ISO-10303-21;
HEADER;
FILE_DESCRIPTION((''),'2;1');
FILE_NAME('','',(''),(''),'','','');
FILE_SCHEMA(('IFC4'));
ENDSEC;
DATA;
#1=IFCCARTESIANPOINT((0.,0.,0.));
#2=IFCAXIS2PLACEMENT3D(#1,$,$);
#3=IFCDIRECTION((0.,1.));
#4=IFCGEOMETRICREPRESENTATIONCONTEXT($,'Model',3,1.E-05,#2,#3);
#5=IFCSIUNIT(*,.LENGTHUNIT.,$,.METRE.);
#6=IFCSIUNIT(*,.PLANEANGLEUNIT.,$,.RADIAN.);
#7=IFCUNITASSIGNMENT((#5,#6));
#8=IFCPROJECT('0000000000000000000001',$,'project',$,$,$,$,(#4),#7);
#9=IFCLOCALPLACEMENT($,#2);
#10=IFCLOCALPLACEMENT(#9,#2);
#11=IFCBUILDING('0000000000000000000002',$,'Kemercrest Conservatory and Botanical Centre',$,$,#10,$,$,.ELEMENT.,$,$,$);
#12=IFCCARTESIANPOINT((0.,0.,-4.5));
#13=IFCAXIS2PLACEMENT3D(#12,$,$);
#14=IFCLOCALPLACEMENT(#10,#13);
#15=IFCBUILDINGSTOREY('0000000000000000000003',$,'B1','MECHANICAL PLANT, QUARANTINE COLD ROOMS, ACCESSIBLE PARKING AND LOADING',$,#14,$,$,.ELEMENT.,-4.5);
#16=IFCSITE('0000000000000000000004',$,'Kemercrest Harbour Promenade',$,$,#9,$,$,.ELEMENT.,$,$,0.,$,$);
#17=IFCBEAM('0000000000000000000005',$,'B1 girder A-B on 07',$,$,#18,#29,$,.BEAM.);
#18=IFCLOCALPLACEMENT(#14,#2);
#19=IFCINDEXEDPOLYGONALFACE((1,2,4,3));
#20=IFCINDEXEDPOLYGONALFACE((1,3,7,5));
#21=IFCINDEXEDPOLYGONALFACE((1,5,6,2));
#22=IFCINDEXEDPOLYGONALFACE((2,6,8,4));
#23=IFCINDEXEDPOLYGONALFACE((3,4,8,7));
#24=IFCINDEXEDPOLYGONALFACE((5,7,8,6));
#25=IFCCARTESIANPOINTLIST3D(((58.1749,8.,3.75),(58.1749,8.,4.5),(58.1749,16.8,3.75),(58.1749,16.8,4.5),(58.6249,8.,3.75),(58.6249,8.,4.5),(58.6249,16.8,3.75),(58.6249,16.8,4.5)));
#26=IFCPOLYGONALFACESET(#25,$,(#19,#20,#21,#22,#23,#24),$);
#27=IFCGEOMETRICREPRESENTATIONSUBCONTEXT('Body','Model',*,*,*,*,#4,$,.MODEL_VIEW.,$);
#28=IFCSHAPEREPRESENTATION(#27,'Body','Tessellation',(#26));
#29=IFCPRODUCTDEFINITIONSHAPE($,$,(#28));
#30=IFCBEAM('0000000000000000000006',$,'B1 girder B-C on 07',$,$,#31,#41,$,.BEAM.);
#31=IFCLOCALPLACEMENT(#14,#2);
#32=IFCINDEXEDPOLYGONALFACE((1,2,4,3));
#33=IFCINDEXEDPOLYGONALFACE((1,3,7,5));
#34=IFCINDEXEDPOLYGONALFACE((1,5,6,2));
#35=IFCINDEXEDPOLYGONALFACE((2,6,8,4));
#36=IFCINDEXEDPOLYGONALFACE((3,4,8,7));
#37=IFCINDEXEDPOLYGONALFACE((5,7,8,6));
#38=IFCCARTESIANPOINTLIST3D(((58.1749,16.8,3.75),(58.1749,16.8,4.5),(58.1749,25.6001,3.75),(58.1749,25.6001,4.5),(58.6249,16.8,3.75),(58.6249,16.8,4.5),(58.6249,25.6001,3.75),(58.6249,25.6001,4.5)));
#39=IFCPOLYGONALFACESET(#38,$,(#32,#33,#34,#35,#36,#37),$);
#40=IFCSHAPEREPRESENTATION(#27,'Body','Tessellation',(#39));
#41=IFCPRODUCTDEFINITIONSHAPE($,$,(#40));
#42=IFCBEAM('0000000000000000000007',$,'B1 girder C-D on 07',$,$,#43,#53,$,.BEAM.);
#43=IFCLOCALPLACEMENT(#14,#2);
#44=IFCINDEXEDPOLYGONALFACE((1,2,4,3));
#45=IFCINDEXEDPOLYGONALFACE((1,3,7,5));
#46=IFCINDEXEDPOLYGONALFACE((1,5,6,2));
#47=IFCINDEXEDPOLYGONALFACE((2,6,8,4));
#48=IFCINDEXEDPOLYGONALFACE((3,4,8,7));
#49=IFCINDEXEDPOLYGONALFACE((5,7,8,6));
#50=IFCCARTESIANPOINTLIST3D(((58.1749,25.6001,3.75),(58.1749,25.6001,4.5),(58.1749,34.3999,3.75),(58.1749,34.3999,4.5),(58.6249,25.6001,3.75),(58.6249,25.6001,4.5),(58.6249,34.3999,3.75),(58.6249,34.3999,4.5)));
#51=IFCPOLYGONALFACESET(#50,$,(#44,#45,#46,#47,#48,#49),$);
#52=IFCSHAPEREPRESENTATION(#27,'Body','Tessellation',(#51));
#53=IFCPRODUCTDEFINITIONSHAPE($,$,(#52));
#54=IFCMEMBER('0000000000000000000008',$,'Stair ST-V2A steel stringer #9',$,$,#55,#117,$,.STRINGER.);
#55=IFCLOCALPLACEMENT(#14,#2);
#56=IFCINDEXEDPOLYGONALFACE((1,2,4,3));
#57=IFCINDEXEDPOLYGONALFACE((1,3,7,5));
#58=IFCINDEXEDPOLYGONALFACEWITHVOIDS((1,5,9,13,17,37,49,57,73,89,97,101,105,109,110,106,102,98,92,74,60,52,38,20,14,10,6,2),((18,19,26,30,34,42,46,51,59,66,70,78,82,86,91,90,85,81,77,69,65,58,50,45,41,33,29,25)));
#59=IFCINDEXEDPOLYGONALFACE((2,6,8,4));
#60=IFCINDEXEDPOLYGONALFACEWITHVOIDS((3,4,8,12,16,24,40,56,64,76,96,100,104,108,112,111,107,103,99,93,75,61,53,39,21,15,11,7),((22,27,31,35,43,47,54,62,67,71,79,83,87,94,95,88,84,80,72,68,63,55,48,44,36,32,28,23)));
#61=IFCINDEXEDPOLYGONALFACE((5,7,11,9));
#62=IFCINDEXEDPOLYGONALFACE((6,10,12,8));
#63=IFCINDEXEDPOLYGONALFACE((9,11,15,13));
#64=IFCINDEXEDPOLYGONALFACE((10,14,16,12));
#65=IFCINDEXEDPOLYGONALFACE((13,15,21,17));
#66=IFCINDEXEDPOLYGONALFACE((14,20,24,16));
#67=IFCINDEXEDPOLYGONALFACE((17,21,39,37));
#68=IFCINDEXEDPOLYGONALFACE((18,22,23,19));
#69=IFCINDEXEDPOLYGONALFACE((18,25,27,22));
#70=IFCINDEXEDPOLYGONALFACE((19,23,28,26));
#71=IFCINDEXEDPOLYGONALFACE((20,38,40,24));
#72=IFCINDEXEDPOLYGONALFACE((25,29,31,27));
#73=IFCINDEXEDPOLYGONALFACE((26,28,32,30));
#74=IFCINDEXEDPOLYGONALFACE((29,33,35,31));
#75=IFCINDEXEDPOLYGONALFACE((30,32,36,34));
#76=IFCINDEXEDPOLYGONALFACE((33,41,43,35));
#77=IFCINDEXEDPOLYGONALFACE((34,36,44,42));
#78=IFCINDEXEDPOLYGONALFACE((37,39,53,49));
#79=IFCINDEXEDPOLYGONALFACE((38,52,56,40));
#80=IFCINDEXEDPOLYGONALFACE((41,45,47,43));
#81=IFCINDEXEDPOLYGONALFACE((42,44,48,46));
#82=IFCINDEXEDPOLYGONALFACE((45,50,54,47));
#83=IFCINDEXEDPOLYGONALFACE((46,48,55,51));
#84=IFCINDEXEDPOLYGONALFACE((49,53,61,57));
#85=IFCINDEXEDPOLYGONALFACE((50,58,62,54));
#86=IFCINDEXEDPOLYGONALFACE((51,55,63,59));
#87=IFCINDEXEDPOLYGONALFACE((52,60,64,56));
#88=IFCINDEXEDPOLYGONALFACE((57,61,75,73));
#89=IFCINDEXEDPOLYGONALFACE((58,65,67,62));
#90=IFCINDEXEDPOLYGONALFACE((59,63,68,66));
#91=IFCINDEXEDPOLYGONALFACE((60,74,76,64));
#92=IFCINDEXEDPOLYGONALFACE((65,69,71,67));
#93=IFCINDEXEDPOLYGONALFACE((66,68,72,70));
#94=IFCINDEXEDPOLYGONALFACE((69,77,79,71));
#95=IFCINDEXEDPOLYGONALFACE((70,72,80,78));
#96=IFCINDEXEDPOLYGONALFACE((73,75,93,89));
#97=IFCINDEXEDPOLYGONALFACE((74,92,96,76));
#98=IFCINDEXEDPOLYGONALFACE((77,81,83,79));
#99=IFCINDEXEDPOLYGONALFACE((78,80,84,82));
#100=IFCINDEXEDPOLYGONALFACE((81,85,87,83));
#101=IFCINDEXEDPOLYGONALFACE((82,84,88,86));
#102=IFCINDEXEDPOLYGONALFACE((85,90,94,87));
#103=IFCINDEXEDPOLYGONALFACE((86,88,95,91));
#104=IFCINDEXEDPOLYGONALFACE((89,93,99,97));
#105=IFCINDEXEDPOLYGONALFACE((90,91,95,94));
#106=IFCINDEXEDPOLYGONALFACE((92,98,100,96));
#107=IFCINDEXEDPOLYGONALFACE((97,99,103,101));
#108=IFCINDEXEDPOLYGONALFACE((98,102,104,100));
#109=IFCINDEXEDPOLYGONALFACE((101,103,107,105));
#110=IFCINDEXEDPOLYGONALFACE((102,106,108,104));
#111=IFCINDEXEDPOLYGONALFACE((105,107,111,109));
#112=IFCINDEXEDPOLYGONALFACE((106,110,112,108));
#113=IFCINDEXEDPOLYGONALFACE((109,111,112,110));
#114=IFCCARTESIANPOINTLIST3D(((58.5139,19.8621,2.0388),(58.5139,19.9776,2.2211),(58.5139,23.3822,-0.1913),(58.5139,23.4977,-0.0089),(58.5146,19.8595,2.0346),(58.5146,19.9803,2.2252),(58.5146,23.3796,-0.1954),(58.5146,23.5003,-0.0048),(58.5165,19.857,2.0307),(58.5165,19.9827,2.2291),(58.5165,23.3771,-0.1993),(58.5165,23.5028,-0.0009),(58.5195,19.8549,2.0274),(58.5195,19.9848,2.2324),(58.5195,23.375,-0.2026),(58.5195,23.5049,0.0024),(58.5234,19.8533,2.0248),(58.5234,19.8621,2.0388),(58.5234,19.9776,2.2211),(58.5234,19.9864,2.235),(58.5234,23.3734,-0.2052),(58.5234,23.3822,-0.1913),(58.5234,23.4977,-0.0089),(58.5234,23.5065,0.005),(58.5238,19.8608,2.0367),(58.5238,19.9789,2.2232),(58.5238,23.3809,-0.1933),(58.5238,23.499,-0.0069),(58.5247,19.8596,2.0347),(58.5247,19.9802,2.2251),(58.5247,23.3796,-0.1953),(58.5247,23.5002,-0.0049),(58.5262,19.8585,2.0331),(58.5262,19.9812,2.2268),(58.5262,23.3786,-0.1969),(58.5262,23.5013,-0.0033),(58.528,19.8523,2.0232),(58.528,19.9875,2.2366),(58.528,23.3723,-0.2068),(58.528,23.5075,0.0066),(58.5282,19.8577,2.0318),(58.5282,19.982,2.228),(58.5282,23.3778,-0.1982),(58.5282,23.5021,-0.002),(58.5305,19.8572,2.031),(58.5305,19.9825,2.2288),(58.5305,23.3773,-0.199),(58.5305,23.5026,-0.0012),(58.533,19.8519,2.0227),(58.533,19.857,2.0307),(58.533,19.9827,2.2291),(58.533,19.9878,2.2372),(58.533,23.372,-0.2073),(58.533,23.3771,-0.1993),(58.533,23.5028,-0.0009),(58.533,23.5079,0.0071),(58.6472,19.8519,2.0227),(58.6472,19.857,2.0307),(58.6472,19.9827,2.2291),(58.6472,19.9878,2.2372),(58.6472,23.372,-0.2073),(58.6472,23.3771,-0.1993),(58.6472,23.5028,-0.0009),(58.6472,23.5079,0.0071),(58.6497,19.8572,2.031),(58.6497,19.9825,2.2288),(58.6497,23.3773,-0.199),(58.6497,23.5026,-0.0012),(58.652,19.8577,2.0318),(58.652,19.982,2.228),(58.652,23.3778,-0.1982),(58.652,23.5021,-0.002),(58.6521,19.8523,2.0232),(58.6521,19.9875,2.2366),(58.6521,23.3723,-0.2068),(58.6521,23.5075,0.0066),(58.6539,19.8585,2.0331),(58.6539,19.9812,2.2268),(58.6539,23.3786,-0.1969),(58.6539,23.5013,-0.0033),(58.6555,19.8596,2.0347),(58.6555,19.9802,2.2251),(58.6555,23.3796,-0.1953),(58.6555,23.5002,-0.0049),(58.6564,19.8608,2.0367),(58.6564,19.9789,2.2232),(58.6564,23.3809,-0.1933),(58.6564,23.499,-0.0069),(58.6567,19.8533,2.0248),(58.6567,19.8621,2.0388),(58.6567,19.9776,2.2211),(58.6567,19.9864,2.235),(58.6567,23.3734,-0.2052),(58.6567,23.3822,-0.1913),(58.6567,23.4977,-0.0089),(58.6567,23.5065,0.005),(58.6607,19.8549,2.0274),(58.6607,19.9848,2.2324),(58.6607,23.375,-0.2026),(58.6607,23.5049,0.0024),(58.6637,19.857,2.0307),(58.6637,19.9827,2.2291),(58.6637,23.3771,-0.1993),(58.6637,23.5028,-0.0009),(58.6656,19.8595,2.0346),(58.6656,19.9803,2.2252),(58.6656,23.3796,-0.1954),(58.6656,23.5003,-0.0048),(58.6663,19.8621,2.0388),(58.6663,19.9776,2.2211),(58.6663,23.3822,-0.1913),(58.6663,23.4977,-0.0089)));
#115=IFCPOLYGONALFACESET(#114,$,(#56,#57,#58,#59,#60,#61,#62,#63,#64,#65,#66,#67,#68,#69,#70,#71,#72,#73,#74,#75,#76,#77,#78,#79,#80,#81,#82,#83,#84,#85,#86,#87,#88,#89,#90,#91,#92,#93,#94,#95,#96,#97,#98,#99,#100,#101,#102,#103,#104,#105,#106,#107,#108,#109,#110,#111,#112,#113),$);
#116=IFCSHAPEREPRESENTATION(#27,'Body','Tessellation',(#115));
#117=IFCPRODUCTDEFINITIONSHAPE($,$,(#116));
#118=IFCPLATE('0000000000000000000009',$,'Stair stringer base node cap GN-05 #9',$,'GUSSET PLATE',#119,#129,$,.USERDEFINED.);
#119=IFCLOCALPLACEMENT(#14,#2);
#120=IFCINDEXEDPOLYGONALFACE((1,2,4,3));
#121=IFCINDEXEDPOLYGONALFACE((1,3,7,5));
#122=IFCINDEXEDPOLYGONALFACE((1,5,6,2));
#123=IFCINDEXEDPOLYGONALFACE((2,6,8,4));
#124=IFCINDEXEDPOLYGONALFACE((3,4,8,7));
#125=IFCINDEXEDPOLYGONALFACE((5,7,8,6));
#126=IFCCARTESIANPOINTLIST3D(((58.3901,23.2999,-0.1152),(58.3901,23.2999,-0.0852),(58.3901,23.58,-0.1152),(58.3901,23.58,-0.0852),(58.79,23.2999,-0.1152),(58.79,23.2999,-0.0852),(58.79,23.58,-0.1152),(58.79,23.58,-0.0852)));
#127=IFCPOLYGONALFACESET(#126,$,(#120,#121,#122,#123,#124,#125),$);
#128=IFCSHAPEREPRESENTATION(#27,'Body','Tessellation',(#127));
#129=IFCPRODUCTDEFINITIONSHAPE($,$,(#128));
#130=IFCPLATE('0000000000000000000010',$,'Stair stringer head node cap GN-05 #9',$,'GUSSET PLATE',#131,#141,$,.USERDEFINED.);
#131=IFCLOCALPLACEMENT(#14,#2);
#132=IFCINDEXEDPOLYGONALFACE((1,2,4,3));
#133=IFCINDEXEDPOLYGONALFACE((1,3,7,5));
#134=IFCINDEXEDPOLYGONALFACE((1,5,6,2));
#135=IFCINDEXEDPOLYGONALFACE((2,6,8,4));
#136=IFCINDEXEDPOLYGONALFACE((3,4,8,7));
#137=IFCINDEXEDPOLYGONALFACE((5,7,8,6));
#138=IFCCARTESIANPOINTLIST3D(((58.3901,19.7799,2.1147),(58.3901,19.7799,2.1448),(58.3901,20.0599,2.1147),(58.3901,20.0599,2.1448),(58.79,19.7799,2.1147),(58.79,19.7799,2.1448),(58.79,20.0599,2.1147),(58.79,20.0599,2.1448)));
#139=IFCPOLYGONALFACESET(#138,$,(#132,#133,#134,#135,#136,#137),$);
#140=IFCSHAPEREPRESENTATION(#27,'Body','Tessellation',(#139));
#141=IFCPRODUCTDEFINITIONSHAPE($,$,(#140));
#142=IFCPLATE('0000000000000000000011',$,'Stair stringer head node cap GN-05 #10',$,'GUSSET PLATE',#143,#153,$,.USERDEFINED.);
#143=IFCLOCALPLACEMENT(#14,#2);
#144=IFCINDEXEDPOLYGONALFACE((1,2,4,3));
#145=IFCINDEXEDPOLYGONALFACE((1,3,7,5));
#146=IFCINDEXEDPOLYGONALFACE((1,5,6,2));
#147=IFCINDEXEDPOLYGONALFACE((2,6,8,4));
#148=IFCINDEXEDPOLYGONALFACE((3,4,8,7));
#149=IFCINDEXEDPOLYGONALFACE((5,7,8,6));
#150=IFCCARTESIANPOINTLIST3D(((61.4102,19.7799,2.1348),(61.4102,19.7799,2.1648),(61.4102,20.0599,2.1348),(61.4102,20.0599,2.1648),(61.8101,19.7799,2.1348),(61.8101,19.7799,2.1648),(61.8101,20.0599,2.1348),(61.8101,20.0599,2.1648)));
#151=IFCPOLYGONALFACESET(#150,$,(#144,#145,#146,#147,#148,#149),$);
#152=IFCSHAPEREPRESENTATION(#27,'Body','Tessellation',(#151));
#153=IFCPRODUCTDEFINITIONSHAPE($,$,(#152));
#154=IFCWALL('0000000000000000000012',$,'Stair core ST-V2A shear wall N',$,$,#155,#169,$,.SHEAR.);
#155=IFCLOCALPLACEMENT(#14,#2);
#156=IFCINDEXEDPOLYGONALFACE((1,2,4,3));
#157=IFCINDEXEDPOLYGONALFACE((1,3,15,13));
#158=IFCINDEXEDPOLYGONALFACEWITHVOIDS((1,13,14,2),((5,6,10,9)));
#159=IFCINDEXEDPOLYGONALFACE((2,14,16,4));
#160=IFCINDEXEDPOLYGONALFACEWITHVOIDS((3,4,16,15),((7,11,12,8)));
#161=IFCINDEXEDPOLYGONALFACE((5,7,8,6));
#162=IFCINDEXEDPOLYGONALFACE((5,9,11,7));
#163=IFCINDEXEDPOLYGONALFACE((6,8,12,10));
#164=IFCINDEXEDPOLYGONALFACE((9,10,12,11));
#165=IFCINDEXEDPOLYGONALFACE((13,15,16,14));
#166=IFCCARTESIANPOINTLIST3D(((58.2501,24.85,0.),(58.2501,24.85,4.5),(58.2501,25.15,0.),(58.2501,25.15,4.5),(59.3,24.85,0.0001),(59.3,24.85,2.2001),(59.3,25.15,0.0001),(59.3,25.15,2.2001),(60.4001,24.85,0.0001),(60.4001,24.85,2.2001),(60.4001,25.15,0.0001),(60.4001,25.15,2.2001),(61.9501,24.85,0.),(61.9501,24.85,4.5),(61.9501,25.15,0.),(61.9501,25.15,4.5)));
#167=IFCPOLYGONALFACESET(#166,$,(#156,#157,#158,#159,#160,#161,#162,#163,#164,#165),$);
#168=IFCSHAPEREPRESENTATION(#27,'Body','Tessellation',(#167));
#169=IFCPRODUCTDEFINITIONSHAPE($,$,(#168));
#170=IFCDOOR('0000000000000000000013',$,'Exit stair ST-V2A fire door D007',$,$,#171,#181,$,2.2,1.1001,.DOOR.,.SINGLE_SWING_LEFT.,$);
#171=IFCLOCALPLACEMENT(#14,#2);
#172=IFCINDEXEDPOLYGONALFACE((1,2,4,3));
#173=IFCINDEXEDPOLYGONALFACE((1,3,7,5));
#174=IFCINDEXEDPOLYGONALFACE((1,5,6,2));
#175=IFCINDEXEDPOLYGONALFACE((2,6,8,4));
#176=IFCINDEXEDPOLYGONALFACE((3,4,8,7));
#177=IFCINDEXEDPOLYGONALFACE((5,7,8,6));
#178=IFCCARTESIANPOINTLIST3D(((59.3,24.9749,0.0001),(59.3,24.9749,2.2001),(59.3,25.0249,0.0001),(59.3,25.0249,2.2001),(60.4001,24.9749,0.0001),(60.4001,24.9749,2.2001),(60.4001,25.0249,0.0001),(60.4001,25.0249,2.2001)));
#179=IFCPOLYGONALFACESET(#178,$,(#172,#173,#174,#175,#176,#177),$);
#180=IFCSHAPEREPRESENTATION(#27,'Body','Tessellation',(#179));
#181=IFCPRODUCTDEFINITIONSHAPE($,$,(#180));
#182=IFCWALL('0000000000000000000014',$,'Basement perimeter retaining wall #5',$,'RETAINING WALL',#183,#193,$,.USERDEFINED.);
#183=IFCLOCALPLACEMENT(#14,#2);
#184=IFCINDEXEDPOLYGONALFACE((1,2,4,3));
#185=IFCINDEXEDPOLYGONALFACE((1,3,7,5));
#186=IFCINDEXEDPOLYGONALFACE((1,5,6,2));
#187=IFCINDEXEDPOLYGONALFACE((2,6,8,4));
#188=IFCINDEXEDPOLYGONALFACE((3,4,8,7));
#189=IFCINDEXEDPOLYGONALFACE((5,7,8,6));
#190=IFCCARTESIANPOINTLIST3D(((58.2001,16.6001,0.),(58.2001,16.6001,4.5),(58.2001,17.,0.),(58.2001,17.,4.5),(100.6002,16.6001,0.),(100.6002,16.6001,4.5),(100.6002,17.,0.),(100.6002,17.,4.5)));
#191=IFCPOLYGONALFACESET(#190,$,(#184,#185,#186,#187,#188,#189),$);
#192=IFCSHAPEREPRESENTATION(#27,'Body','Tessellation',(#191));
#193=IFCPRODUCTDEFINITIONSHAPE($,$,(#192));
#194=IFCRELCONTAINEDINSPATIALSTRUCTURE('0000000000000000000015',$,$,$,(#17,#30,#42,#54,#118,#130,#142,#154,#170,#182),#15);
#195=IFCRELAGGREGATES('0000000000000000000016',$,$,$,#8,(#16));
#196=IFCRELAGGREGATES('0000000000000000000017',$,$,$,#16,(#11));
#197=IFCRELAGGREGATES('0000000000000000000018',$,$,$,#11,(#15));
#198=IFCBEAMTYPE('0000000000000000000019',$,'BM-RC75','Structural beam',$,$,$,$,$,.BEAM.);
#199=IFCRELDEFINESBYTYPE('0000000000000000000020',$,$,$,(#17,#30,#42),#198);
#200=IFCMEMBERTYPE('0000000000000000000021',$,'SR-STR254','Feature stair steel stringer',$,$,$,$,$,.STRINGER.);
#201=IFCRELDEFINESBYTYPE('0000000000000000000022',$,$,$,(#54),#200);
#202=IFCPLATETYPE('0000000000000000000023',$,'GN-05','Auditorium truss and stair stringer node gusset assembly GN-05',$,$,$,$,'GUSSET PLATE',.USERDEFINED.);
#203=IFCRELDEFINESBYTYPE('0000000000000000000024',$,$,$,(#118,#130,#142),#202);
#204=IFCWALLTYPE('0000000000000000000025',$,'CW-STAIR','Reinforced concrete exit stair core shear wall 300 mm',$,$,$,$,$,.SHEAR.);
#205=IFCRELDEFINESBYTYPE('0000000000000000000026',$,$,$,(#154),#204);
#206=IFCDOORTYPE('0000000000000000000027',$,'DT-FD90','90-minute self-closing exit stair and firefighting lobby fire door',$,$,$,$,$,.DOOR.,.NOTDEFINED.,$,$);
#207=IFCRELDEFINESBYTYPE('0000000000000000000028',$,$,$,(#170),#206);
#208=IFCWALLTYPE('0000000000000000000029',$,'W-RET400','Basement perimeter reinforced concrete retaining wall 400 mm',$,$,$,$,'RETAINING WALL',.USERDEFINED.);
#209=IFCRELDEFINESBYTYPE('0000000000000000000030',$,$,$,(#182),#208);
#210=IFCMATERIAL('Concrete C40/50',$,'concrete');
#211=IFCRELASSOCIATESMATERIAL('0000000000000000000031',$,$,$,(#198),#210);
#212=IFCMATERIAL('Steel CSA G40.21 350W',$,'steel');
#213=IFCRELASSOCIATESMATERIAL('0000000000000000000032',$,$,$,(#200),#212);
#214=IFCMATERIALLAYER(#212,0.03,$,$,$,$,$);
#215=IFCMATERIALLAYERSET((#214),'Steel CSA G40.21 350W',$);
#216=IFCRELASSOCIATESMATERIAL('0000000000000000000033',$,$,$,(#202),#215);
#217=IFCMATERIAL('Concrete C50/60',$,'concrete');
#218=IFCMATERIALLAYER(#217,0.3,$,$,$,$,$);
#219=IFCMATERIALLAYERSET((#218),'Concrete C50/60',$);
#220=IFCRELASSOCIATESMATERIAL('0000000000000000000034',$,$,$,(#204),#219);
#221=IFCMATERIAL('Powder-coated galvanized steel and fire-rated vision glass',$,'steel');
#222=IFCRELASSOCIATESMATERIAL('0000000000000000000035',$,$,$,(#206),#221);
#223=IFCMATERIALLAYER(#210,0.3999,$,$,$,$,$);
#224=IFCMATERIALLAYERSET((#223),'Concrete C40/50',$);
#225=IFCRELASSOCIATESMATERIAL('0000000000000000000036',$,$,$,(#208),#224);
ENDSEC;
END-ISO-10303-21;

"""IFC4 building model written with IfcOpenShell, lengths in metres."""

from ifc_helpers import new_model, si_unit, direction, frame, frame_2d, origin, origin_2d, place, context, subcontext, project, spatial, rectangle, hollow_rectangle, extrude, material, layer, layer_set, material_profile, profile_set, type_object, element, fill, save


model = new_model("IFC4")

# Units and contexts
model_context = context("Model", 3, precision=1e-05, world=origin(), true_north=direction((0.0, 1.0)))
body_context = subcontext(model_context, "Body", "Model", "MODEL_VIEW")
ifc_project = project(units=[si_unit("LENGTHUNIT", "METRE"), si_unit("PLANEANGLEUNIT", "RADIAN")], contexts=[model_context])

# Site, building, storey
site_placement = place(None, origin())
site = spatial("IfcSite", under=ifc_project, at=site_placement, Name="Kemercrest Harbour Promenade", CompositionType="ELEMENT", RefElevation=0.0)
building_placement = place(site_placement, origin())
building = spatial("IfcBuilding", under=site, at=building_placement, Name="Kemercrest Conservatory and Botanical Centre", CompositionType="ELEMENT")
storey_placement = place(building_placement, frame((0.0, 0.0, -4.5)))
storey = spatial("IfcBuildingStorey", under=building, at=storey_placement, Name="B1", Description="MECHANICAL PLANT, QUARANTINE COLD ROOMS, ACCESSIBLE PARKING AND LOADING", CompositionType="ELEMENT", Elevation=-4.5)

# Shared definitions
ifc_material_1 = material(Name="Concrete C40/50", Category="concrete")

# Shared definitions
ifc_material_2 = material(Name="Concrete C50/60", Category="concrete")

# Beams
ifc_material_profile_1 = material_profile(ifc_material_1, rectangle(XDim=0.45, YDim=0.75, at=origin_2d()), Name="RC 450x750")
ifc_profile_set_1 = profile_set([ifc_material_profile_1], Name="Concrete C40/50")
beam_type = type_object("IfcBeamType", Name="BM-RC75", Description="Structural beam", PredefinedType="BEAM", material=ifc_profile_set_1)
for number, where, z_axis, x_axis, name in (
    (1, (58.3999, 8.0, 4.125), (0.0, 1.0, 0.0), (-1.0, 0.0, 0.0), "B1 girder A-B on 07"),
    (2, (58.3999, 16.8, 4.125), (0.0, 1.0, 0.0), (-1.0, 0.0, 0.0), "B1 girder B-C on 07"),
):
    element("IfcBeam", number, at=place(storey_placement, frame(where, z_axis=z_axis, x_axis=x_axis)), inside=storey, type_object=beam_type, Name=name, PredefinedType="BEAM", context=body_context, shape_type="SweptSolid", body=[
        extrude(rectangle(XDim=0.45, YDim=0.75, at=origin_2d()), origin(), (0.0, 0.0, 1.0), 8.8),
    ])
beam_placement = place(storey_placement, frame((58.3999, 25.6001, 4.125), z_axis=(0.0, 1.0, 0.0), x_axis=(-1.0, 0.0, 0.0)))
element("IfcBeam", 3, at=beam_placement, inside=storey, type_object=beam_type, Name="B1 girder C-D on 07", PredefinedType="BEAM", context=body_context, shape_type="SweptSolid", body=[
    extrude(rectangle(XDim=0.45, YDim=0.75, at=origin_2d()), origin(), (0.0, 0.0, 1.0), 8.7998),
])

# Member
ifc_material_3 = material(Name="Steel CSA G40.21 350W", Category="steel")
ifc_material_profile_2 = material_profile(ifc_material_3, hollow_rectangle(XDim=0.1523, YDim=0.2539, WallThickness=0.0095, InnerFilletRadius=0.0095, OuterFilletRadius=0.019, at=origin_2d()), Name="HSS 254x152x9.5")
ifc_profile_set_2 = profile_set([ifc_material_profile_2], Name="Steel CSA G40.21 350W")
member_type = type_object("IfcMemberType", Name="SR-STR254", Description="Feature stair steel stringer", PredefinedType="STRINGER", material=ifc_profile_set_2)
member_placement = place(storey_placement, frame((58.5901, 23.4399, -0.1001), z_axis=(0.0, -0.84475, 0.535161), x_axis=(1.0, 0.0, 0.0)))
element("IfcMember", 4, at=member_placement, inside=storey, type_object=member_type, Name="Stair ST-V2A steel stringer #9", PredefinedType="STRINGER", context=body_context, shape_type="SweptSolid", body=[
    extrude(hollow_rectangle(XDim=0.1523, YDim=0.2539, WallThickness=0.0095, InnerFilletRadius=0.0095, OuterFilletRadius=0.019, at=origin_2d()), origin(), (0.0, 0.0, 1.0), 4.167),
])

# Plates
ifc_layer_1 = layer(ifc_material_3, 0.03)
ifc_layer_set_1 = layer_set([ifc_layer_1], Name="Steel CSA G40.21 350W")
plate_type = type_object("IfcPlateType", Name="GN-05", Description="Auditorium truss and stair stringer node gusset assembly GN-05", ElementType="GUSSET PLATE", PredefinedType="USERDEFINED", material=ifc_layer_set_1)
for number, where, z_axis, x_axis, name in (
    (5, (58.5901, 23.4399, -0.1152), (0.0, 0.0, 1.0), (1.0, 0.0, 0.0), "Stair stringer base node cap GN-05 #9"),
    (6, (58.5901, 19.9199, 2.1147), (0.0, 0.0, 1.0), (1.0, 0.0, 0.0), "Stair stringer head node cap GN-05 #9"),
    (7, (61.6101, 19.9199, 2.1348), (0.0, 0.0, 1.0), (1.0, 0.0, 0.0), "Stair stringer head node cap GN-05 #10"),
):
    element("IfcPlate", number, at=place(storey_placement, frame(where, z_axis=z_axis, x_axis=x_axis)), inside=storey, type_object=plate_type, Name=name, ObjectType="GUSSET PLATE", PredefinedType="USERDEFINED", context=body_context, shape_type="SweptSolid", body=[
        extrude(rectangle(XDim=0.3999, YDim=0.28, at=origin_2d()), origin(), (0.0, 0.0, 1.0), 0.03),
    ])

# Wall, opening, door
ifc_layer_2 = layer(ifc_material_2, 0.3)
ifc_layer_set_2 = layer_set([ifc_layer_2], Name="Concrete C50/60")
wall_type_1 = type_object("IfcWallType", Name="CW-STAIR", Description="Reinforced concrete exit stair core shear wall 300 mm", PredefinedType="SHEAR", material=ifc_layer_set_2)
wall_1_placement = place(storey_placement, frame((58.25, 25.0, 0.0), z_axis=(0.0, 0.0, 1.0), x_axis=(1.0, 0.0, 0.0)))
wall_1 = element("IfcWall", 8, at=wall_1_placement, inside=storey, type_object=wall_type_1, Name="Stair core ST-V2A shear wall N", PredefinedType="SHEAR", context=body_context, shape_type="SweptSolid", body=[
    extrude(rectangle(XDim=3.7, YDim=0.3, at=frame_2d((1.8501, 0.0))), origin(), (0.0, 0.0, 1.0), 4.5),
])
opening_placement = place(wall_1_placement, frame((1.05, 0.0, 0.0)))
opening = element("IfcOpeningElement", 9, at=opening_placement, cuts=wall_1, PredefinedType="OPENING", context=body_context, shape_type="SweptSolid", body=[
    extrude(rectangle(XDim=1.1001, YDim=2.2, at=frame_2d((0.55, 1.1001))), frame((0.0, 0.1602, 0.0), z_axis=(0.0, -1.0, 0.0), x_axis=(1.0, 0.0, 0.0)), (0.0, 0.0, 1.0), 0.3201),
])
ifc_material_4 = material(Name="Powder-coated galvanized steel and fire-rated vision glass", Category="steel")
door_type = type_object("IfcDoorType", Name="DT-FD90", Description="90-minute self-closing exit stair and firefighting lobby fire door", OperationType="NOTDEFINED", PredefinedType="DOOR", material=ifc_material_4)
door_placement = place(opening_placement, origin())
door = element("IfcDoor", 10, at=door_placement, inside=storey, type_object=door_type, Name="Exit stair ST-V2A fire door D007", OperationType="SINGLE_SWING_LEFT", OverallHeight=2.2, OverallWidth=1.1001, PredefinedType="DOOR", context=body_context, shape_type="SweptSolid", body=[
    extrude(rectangle(XDim=1.1001, YDim=2.2, at=frame_2d((0.55, 1.1001))), frame((0.0, 0.0249, 0.0), z_axis=(0.0, -1.0, 0.0), x_axis=(1.0, 0.0, 0.0)), (0.0, 0.0, 1.0), 0.05),
])
fill(opening, door)

# Wall
ifc_layer_3 = layer(ifc_material_1, 0.3999)
ifc_layer_set_3 = layer_set([ifc_layer_3], Name="Concrete C40/50")
wall_type_2 = type_object("IfcWallType", Name="W-RET400", Description="Basement perimeter reinforced concrete retaining wall 400 mm", ElementType="RETAINING WALL", PredefinedType="USERDEFINED", material=ifc_layer_set_3)
wall_2_placement = place(storey_placement, frame((58.2, 16.8, 0.0), z_axis=(0.0, 0.0, 1.0), x_axis=(1.0, 0.0, 0.0)))
element("IfcWall", 11, at=wall_2_placement, inside=storey, type_object=wall_type_2, Name="Basement perimeter retaining wall #5", ObjectType="RETAINING WALL", PredefinedType="USERDEFINED", context=body_context, shape_type="SweptSolid", body=[
    extrude(rectangle(XDim=42.4001, YDim=0.3999, at=frame_2d((21.2002, 0.0))), origin(), (0.0, 0.0, 1.0), 4.5),
])

save(model, "model.ifc")
